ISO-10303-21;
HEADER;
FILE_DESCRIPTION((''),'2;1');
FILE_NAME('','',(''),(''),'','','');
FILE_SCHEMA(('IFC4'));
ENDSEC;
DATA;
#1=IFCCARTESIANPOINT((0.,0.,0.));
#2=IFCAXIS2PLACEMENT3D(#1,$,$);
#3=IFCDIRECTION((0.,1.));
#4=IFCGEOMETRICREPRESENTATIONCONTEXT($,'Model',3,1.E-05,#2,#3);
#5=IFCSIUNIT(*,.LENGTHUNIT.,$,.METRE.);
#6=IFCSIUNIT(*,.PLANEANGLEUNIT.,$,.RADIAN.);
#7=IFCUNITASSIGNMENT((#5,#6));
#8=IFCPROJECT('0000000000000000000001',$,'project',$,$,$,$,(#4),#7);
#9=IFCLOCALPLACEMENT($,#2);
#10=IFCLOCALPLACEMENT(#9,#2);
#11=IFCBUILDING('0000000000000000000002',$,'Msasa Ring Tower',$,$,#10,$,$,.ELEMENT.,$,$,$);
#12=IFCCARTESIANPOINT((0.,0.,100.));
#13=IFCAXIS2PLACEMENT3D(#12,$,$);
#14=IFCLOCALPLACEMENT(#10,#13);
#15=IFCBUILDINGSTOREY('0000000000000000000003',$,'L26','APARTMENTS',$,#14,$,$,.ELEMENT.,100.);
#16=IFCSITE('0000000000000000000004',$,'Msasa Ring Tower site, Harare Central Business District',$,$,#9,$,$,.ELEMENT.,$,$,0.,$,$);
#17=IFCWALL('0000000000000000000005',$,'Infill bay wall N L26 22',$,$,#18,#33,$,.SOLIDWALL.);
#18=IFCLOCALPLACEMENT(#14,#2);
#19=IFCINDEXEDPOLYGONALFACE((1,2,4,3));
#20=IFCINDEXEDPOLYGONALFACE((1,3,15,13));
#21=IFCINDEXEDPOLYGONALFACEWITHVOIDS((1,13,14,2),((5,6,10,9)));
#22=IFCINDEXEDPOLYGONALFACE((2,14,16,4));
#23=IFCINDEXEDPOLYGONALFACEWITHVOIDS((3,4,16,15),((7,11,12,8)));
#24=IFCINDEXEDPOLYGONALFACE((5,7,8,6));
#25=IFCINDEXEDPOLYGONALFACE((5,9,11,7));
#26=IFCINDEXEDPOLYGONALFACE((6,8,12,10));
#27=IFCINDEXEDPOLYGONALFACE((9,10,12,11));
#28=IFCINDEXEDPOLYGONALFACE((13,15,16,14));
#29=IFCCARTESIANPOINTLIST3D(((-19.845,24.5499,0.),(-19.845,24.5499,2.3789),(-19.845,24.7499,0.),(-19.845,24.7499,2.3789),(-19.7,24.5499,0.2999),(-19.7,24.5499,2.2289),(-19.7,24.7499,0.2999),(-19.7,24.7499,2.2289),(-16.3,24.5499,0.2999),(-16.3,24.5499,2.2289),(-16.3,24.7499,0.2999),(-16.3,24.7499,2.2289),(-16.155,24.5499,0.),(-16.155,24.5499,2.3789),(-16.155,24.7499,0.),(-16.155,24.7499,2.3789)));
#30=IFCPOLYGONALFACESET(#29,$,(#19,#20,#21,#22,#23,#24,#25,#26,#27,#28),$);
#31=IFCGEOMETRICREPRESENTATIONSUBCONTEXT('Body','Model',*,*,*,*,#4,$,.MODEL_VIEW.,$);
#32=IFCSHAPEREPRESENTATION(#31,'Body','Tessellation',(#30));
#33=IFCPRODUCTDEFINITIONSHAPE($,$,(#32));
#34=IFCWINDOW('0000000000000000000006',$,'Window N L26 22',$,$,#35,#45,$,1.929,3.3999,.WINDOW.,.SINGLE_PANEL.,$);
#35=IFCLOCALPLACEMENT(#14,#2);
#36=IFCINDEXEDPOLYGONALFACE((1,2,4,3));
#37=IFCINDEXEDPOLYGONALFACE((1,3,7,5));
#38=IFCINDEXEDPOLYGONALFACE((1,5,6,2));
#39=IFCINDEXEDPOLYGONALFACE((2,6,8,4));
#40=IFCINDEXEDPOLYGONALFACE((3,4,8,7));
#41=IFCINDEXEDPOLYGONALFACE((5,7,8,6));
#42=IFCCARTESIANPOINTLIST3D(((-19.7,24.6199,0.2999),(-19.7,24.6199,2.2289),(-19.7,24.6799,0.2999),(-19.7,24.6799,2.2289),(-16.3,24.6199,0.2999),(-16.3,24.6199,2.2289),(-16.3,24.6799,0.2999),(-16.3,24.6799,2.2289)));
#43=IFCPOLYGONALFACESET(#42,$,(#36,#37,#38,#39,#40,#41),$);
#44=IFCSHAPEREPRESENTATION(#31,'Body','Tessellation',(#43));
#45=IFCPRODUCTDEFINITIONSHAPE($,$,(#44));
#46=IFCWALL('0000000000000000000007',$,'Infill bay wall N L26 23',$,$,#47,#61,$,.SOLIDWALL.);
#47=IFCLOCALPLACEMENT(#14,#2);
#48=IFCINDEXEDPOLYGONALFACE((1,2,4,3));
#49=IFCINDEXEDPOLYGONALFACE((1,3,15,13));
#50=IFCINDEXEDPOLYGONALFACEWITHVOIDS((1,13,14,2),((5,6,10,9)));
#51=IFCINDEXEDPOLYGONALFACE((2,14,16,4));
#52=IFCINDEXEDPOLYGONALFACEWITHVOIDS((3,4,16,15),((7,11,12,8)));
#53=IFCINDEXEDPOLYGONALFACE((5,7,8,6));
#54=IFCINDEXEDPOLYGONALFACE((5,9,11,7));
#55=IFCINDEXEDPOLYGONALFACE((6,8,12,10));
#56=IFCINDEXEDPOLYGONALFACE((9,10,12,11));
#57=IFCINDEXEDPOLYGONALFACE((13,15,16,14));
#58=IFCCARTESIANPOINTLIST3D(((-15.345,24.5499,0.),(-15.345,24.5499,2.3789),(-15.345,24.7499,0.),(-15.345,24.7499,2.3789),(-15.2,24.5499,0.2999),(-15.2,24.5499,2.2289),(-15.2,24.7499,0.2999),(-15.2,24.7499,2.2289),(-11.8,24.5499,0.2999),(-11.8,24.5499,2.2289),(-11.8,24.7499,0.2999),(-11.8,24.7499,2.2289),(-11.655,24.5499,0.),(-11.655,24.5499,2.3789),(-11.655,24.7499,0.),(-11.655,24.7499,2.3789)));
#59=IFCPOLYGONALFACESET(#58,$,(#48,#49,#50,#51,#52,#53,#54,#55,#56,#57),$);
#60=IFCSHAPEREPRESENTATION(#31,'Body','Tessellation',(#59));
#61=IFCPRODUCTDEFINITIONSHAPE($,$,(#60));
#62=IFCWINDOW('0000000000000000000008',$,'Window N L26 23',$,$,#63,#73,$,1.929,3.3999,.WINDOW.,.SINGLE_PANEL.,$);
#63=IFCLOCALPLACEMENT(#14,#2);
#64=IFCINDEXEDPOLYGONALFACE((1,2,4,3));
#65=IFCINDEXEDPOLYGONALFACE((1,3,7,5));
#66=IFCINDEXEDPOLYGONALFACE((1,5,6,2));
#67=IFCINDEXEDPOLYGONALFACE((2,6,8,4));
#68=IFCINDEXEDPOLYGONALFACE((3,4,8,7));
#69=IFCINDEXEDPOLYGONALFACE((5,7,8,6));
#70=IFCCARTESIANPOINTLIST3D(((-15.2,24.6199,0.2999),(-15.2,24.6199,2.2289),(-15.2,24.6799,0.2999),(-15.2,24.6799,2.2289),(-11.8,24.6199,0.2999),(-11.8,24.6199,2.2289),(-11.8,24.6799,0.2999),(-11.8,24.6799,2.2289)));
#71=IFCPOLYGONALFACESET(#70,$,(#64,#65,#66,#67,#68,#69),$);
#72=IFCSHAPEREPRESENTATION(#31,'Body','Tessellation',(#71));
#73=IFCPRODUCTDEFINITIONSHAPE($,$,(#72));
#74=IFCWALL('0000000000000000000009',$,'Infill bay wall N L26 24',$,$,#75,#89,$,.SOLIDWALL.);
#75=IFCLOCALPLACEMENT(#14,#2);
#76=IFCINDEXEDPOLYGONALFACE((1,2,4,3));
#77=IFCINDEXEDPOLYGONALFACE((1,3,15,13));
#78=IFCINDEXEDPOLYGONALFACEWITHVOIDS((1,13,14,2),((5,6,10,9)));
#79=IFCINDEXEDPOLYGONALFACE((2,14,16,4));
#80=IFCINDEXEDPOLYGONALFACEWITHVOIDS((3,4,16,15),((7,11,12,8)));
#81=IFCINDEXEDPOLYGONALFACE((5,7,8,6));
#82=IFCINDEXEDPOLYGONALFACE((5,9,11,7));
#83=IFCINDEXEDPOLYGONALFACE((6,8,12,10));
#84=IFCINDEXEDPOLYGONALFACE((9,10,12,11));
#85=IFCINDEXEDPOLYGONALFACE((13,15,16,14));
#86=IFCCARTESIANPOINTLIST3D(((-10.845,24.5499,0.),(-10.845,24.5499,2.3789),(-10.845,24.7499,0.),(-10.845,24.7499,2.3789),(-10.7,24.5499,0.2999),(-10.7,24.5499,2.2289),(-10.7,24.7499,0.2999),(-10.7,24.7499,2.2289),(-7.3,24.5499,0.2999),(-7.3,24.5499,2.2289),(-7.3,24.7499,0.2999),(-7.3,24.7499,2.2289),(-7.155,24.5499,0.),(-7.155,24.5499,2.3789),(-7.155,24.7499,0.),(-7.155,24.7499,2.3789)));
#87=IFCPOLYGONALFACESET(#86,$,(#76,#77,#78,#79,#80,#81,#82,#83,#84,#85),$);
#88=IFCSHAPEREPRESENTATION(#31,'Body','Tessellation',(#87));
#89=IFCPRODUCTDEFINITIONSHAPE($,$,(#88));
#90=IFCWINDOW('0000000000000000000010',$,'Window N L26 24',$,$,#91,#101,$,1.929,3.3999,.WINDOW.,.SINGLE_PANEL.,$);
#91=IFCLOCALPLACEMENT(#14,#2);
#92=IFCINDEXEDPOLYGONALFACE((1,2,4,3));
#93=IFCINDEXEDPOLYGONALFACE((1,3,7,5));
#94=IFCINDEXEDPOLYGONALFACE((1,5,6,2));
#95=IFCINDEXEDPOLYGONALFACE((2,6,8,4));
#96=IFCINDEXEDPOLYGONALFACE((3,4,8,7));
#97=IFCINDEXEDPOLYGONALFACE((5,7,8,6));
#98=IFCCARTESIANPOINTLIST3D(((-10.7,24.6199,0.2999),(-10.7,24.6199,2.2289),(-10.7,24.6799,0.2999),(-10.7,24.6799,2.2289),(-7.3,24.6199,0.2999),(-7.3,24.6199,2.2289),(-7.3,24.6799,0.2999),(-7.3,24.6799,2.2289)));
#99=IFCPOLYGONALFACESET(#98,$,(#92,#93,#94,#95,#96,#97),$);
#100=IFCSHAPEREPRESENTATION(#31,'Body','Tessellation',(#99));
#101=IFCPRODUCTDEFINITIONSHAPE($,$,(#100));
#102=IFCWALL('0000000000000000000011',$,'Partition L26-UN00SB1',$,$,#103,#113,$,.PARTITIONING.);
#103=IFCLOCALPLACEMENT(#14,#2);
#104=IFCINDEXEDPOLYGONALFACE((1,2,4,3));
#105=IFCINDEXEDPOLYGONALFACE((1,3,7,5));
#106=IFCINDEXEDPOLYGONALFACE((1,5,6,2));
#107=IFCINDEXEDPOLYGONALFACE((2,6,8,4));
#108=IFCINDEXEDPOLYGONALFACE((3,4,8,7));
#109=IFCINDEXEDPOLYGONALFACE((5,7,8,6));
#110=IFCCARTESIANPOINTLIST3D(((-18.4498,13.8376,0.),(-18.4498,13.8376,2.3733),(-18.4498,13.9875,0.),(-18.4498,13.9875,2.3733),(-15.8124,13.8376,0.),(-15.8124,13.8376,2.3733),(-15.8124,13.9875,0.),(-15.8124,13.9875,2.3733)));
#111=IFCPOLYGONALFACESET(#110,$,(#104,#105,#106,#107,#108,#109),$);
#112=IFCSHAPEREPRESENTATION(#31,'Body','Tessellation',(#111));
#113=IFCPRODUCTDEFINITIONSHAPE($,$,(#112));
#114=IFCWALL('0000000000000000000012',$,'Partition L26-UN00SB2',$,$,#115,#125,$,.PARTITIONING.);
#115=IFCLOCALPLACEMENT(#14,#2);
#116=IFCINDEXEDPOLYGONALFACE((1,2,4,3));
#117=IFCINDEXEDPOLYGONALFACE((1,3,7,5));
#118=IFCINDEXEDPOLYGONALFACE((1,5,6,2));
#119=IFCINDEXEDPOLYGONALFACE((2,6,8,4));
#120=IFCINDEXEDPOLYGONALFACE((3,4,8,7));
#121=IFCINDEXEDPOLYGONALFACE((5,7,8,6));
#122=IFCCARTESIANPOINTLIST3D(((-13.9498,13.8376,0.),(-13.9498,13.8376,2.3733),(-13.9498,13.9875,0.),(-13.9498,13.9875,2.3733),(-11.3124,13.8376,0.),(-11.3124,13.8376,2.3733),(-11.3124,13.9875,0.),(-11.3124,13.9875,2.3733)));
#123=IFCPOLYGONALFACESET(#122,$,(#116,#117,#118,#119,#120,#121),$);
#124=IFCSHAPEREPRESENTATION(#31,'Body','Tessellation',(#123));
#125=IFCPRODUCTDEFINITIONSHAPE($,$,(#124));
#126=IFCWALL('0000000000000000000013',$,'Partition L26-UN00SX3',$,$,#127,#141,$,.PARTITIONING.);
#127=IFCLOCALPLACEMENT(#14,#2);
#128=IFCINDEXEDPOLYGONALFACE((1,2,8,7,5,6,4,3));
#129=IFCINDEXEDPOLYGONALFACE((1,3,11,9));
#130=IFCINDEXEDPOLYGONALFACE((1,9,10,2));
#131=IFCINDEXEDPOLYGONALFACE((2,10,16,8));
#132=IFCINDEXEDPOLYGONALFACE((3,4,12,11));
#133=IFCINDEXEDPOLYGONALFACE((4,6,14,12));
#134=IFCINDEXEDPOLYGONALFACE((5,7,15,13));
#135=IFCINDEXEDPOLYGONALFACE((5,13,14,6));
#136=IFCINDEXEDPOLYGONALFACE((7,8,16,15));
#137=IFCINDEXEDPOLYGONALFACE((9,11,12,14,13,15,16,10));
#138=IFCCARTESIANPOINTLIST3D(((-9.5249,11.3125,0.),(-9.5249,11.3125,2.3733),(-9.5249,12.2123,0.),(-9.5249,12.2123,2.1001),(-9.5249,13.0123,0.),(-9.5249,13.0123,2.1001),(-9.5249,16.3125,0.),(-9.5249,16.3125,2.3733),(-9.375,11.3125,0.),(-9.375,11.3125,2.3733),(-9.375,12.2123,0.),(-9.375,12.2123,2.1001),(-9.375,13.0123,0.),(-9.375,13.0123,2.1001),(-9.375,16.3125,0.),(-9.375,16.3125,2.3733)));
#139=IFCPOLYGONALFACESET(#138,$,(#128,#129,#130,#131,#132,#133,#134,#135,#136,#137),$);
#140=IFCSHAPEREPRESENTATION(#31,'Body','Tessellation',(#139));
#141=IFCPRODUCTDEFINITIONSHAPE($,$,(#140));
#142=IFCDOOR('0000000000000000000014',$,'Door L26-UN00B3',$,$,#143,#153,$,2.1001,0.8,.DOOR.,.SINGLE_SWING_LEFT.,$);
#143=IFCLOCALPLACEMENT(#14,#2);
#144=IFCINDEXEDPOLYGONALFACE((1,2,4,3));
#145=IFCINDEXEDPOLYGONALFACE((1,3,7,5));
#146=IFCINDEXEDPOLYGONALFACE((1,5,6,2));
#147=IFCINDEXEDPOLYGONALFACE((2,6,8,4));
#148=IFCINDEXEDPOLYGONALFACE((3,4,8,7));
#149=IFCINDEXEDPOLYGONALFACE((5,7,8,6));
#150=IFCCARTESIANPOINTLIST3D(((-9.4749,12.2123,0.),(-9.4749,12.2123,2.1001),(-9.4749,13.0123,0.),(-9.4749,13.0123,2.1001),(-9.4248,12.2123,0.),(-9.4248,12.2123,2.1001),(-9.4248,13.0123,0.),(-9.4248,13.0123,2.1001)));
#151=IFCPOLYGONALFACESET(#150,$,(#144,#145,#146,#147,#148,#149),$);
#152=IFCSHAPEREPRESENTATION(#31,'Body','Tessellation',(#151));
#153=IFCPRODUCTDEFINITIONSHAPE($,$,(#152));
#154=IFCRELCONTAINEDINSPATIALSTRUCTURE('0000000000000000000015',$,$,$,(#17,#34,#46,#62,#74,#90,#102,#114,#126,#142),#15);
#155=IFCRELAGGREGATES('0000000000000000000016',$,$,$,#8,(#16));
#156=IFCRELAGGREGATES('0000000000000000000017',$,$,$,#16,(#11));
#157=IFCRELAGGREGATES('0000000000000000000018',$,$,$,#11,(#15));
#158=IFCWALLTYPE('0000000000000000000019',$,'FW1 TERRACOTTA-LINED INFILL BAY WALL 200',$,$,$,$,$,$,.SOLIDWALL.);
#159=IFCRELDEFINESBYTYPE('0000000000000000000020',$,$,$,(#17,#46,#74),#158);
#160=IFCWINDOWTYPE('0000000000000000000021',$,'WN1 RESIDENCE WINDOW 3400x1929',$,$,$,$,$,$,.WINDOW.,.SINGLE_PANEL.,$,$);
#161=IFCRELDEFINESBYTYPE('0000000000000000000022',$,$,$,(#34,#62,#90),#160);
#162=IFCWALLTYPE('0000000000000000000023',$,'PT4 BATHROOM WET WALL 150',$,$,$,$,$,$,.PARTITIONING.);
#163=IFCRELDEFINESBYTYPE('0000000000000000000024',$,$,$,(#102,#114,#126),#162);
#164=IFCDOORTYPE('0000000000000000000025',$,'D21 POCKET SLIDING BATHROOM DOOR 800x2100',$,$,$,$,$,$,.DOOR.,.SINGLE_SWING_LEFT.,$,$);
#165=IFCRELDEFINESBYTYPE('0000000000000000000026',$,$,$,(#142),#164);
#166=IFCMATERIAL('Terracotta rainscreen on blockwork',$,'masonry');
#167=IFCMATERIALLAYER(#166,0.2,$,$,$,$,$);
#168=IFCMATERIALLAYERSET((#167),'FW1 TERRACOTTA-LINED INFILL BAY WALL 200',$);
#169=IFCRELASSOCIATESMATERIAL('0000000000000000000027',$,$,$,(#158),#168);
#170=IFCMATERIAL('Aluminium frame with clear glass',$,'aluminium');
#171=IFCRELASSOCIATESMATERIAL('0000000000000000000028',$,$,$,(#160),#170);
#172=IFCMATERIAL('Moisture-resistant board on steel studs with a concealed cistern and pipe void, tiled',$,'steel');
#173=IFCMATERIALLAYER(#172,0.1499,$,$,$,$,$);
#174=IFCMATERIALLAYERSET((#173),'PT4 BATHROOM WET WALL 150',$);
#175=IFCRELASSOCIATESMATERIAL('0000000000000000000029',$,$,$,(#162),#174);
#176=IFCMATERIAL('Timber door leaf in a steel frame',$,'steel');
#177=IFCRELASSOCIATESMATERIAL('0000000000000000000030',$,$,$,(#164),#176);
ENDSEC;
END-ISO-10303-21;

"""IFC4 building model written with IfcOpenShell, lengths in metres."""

from ifc_helpers import new_model, si_unit, direction, frame, frame_2d, origin, place, context, subcontext, project, spatial, rectangle, extrude, material, layer, layer_set, type_object, element, fill, save


model = new_model("IFC4")

# Units and contexts
model_context = context("Model", 3, precision=1e-05, world=origin(), true_north=direction((0.0, 1.0)))
body_context = subcontext(model_context, "Body", "Model", "MODEL_VIEW")
ifc_project = project(units=[si_unit("LENGTHUNIT", "METRE"), si_unit("PLANEANGLEUNIT", "RADIAN")], contexts=[model_context])

# Site, building, storey
site_placement = place(None, origin())
site = spatial("IfcSite", under=ifc_project, at=site_placement, Name="Msasa Ring Tower site, Harare Central Business District", CompositionType="ELEMENT", RefElevation=0.0)
building_placement = place(site_placement, origin())
building = spatial("IfcBuilding", under=site, at=building_placement, Name="Msasa Ring Tower", CompositionType="ELEMENT")
storey_placement = place(building_placement, frame((0.0, 0.0, 100.0)))
storey = spatial("IfcBuildingStorey", under=building, at=storey_placement, Name="L26", Description="APARTMENTS", CompositionType="ELEMENT", Elevation=100.0)

# Walls, openings, windows
ifc_material_1 = material(Name="Terracotta rainscreen on blockwork", Category="masonry")
ifc_layer_1 = layer(ifc_material_1, 0.2)
ifc_layer_set_1 = layer_set([ifc_layer_1], Name="FW1 TERRACOTTA-LINED INFILL BAY WALL 200")
wall_type_1 = type_object("IfcWallType", Name="FW1 TERRACOTTA-LINED INFILL BAY WALL 200", PredefinedType="SOLIDWALL", material=ifc_layer_set_1)
wall_1_placement = place(storey_placement, frame((-19.845, 24.6499, 0.0), z_axis=(0.0, 0.0, 1.0), x_axis=(1.0, 0.0, 0.0)))
wall_1 = element("IfcWall", 1, at=wall_1_placement, inside=storey, type_object=wall_type_1, Name="Infill bay wall N L26 22", PredefinedType="SOLIDWALL", context=body_context, shape_type="SweptSolid", body=[
    extrude(rectangle(XDim=3.6899, YDim=0.2, at=frame_2d((1.845, 0.0))), origin(), (0.0, 0.0, 1.0), 2.3789),
])
opening_1_placement = place(wall_1_placement, frame((0.145, 0.0, 0.3)))
opening_1 = element("IfcOpeningElement", 2, at=opening_1_placement, cuts=wall_1, PredefinedType="OPENING", context=body_context, shape_type="SweptSolid", body=[
    extrude(rectangle(XDim=3.3999, YDim=1.929, at=frame_2d((1.7, 0.9644))), frame((0.0, 0.1099, 0.0), z_axis=(0.0, -1.0, 0.0), x_axis=(1.0, 0.0, 0.0)), (0.0, 0.0, 1.0), 0.22),
])
ifc_material_2 = material(Name="Aluminium frame with clear glass", Category="aluminium")
window_type = type_object("IfcWindowType", Name="WN1 RESIDENCE WINDOW 3400x1929", PartitioningType="SINGLE_PANEL", PredefinedType="WINDOW", material=ifc_material_2)
window_1_placement = place(opening_1_placement, origin())
window_1 = element("IfcWindow", 3, at=window_1_placement, inside=storey, type_object=window_type, Name="Window N L26 22", OverallHeight=1.929, OverallWidth=3.3999, PartitioningType="SINGLE_PANEL", PredefinedType="WINDOW", context=body_context, shape_type="SweptSolid", body=[
    extrude(rectangle(XDim=3.3999, YDim=1.929, at=frame_2d((1.7, 0.9644))), frame((0.0, 0.03, 0.0), z_axis=(0.0, -1.0, 0.0), x_axis=(1.0, 0.0, 0.0)), (0.0, 0.0, 1.0), 0.0601),
])
fill(opening_1, window_1)
wall_2_placement = place(storey_placement, frame((-15.345, 24.6499, 0.0), z_axis=(0.0, 0.0, 1.0), x_axis=(1.0, 0.0, 0.0)))
wall_2 = element("IfcWall", 4, at=wall_2_placement, inside=storey, type_object=wall_type_1, Name="Infill bay wall N L26 23", PredefinedType="SOLIDWALL", context=body_context, shape_type="SweptSolid", body=[
    extrude(rectangle(XDim=3.6899, YDim=0.2, at=frame_2d((1.845, 0.0))), origin(), (0.0, 0.0, 1.0), 2.3789),
])
opening_2_placement = place(wall_2_placement, frame((0.145, 0.0, 0.3)))
opening_2 = element("IfcOpeningElement", 5, at=opening_2_placement, cuts=wall_2, PredefinedType="OPENING", context=body_context, shape_type="SweptSolid", body=[
    extrude(rectangle(XDim=3.3999, YDim=1.929, at=frame_2d((1.7, 0.9644))), frame((0.0, 0.1099, 0.0), z_axis=(0.0, -1.0, 0.0), x_axis=(1.0, 0.0, 0.0)), (0.0, 0.0, 1.0), 0.22),
])
window_2_placement = place(opening_2_placement, origin())
window_2 = element("IfcWindow", 6, at=window_2_placement, inside=storey, type_object=window_type, Name="Window N L26 23", OverallHeight=1.929, OverallWidth=3.3999, PartitioningType="SINGLE_PANEL", PredefinedType="WINDOW", context=body_context, shape_type="SweptSolid", body=[
    extrude(rectangle(XDim=3.3999, YDim=1.929, at=frame_2d((1.7, 0.9644))), frame((0.0, 0.03, 0.0), z_axis=(0.0, -1.0, 0.0), x_axis=(1.0, 0.0, 0.0)), (0.0, 0.0, 1.0), 0.0601),
])
fill(opening_2, window_2)
wall_3_placement = place(storey_placement, frame((-10.845, 24.6499, 0.0), z_axis=(0.0, 0.0, 1.0), x_axis=(1.0, 0.0, 0.0)))
wall_3 = element("IfcWall", 7, at=wall_3_placement, inside=storey, type_object=wall_type_1, Name="Infill bay wall N L26 24", PredefinedType="SOLIDWALL", context=body_context, shape_type="SweptSolid", body=[
    extrude(rectangle(XDim=3.6899, YDim=0.2, at=frame_2d((1.845, 0.0))), origin(), (0.0, 0.0, 1.0), 2.3789),
])
opening_3_placement = place(wall_3_placement, frame((0.145, 0.0, 0.3)))
opening_3 = element("IfcOpeningElement", 8, at=opening_3_placement, cuts=wall_3, PredefinedType="OPENING", context=body_context, shape_type="SweptSolid", body=[
    extrude(rectangle(XDim=3.3999, YDim=1.929, at=frame_2d((1.7, 0.9644))), frame((0.0, 0.1099, 0.0), z_axis=(0.0, -1.0, 0.0), x_axis=(1.0, 0.0, 0.0)), (0.0, 0.0, 1.0), 0.22),
])
window_3_placement = place(opening_3_placement, origin())
window_3 = element("IfcWindow", 9, at=window_3_placement, inside=storey, type_object=window_type, Name="Window N L26 24", OverallHeight=1.929, OverallWidth=3.3999, PartitioningType="SINGLE_PANEL", PredefinedType="WINDOW", context=body_context, shape_type="SweptSolid", body=[
    extrude(rectangle(XDim=3.3999, YDim=1.929, at=frame_2d((1.7, 0.9644))), frame((0.0, 0.03, 0.0), z_axis=(0.0, -1.0, 0.0), x_axis=(1.0, 0.0, 0.0)), (0.0, 0.0, 1.0), 0.0601),
])
fill(opening_3, window_3)

# Walls
ifc_material_3 = material(Name="Moisture-resistant board on steel studs with a concealed cistern and pipe void, tiled", Category="steel")
ifc_layer_2 = layer(ifc_material_3, 0.1499)
ifc_layer_set_2 = layer_set([ifc_layer_2], Name="PT4 BATHROOM WET WALL 150")
wall_type_2 = type_object("IfcWallType", Name="PT4 BATHROOM WET WALL 150", PredefinedType="PARTITIONING", material=ifc_layer_set_2)
for number, where, z_axis, x_axis, name in (
    (10, (-18.45, 13.9126, 0.0), (0.0, 0.0, 1.0), (1.0, 0.0, 0.0), "Partition L26-UN00SB1"),
    (11, (-13.95, 13.9126, 0.0), (0.0, 0.0, 1.0), (1.0, 0.0, 0.0), "Partition L26-UN00SB2"),
):
    element("IfcWall", number, at=place(storey_placement, frame(where, z_axis=z_axis, x_axis=x_axis)), inside=storey, type_object=wall_type_2, Name=name, PredefinedType="PARTITIONING", context=body_context, shape_type="SweptSolid", body=[
        extrude(rectangle(XDim=2.6375, YDim=0.1499, at=frame_2d((1.3188, 0.0))), origin(), (0.0, 0.0, 1.0), 2.3733),
    ])

# Wall, opening, door
wall_4_placement = place(storey_placement, frame((-9.45, 11.3125, 0.0), z_axis=(0.0, 0.0, 1.0), x_axis=(0.0, 1.0, 0.0)))
wall_4 = element("IfcWall", 12, at=wall_4_placement, inside=storey, type_object=wall_type_2, Name="Partition L26-UN00SX3", PredefinedType="PARTITIONING", context=body_context, shape_type="SweptSolid", body=[
    extrude(rectangle(XDim=5.0, YDim=0.1499, at=frame_2d((2.5, 0.0))), origin(), (0.0, 0.0, 1.0), 2.3733),
])
opening_4_placement = place(wall_4_placement, frame((0.8999, 0.0, 0.0)))
opening_4 = element("IfcOpeningElement", 13, at=opening_4_placement, cuts=wall_4, PredefinedType="OPENING", context=body_context, shape_type="SweptSolid", body=[
    extrude(rectangle(XDim=0.8, YDim=2.1001, at=frame_2d((0.3999, 1.05))), frame((0.0, 0.085, 0.0), z_axis=(0.0, -1.0, 0.0), x_axis=(1.0, 0.0, 0.0)), (0.0, 0.0, 1.0), 0.1699),
])
ifc_material_4 = material(Name="Timber door leaf in a steel frame", Category="steel")
door_type_1 = type_object("IfcDoorType", Name="D21 POCKET SLIDING BATHROOM DOOR 800x2100", OperationType="SINGLE_SWING_LEFT", PredefinedType="DOOR", material=ifc_material_4)
door_1_placement = place(opening_4_placement, origin())
door_1 = element("IfcDoor", 14, at=door_1_placement, inside=storey, type_object=door_type_1, Name="Door L26-UN00B3", OperationType="SINGLE_SWING_LEFT", OverallHeight=2.1001, OverallWidth=0.8, PredefinedType="DOOR", context=body_context, shape_type="SweptSolid", body=[
    extrude(rectangle(XDim=0.8, YDim=2.1001, at=frame_2d((0.3999, 1.05))), frame((0.0, 0.0249, 0.0), z_axis=(0.0, -1.0, 0.0), x_axis=(1.0, 0.0, 0.0)), (0.0, 0.0, 1.0), 0.05),
])
fill(opening_4, door_1)

save(model, "model.ifc")
